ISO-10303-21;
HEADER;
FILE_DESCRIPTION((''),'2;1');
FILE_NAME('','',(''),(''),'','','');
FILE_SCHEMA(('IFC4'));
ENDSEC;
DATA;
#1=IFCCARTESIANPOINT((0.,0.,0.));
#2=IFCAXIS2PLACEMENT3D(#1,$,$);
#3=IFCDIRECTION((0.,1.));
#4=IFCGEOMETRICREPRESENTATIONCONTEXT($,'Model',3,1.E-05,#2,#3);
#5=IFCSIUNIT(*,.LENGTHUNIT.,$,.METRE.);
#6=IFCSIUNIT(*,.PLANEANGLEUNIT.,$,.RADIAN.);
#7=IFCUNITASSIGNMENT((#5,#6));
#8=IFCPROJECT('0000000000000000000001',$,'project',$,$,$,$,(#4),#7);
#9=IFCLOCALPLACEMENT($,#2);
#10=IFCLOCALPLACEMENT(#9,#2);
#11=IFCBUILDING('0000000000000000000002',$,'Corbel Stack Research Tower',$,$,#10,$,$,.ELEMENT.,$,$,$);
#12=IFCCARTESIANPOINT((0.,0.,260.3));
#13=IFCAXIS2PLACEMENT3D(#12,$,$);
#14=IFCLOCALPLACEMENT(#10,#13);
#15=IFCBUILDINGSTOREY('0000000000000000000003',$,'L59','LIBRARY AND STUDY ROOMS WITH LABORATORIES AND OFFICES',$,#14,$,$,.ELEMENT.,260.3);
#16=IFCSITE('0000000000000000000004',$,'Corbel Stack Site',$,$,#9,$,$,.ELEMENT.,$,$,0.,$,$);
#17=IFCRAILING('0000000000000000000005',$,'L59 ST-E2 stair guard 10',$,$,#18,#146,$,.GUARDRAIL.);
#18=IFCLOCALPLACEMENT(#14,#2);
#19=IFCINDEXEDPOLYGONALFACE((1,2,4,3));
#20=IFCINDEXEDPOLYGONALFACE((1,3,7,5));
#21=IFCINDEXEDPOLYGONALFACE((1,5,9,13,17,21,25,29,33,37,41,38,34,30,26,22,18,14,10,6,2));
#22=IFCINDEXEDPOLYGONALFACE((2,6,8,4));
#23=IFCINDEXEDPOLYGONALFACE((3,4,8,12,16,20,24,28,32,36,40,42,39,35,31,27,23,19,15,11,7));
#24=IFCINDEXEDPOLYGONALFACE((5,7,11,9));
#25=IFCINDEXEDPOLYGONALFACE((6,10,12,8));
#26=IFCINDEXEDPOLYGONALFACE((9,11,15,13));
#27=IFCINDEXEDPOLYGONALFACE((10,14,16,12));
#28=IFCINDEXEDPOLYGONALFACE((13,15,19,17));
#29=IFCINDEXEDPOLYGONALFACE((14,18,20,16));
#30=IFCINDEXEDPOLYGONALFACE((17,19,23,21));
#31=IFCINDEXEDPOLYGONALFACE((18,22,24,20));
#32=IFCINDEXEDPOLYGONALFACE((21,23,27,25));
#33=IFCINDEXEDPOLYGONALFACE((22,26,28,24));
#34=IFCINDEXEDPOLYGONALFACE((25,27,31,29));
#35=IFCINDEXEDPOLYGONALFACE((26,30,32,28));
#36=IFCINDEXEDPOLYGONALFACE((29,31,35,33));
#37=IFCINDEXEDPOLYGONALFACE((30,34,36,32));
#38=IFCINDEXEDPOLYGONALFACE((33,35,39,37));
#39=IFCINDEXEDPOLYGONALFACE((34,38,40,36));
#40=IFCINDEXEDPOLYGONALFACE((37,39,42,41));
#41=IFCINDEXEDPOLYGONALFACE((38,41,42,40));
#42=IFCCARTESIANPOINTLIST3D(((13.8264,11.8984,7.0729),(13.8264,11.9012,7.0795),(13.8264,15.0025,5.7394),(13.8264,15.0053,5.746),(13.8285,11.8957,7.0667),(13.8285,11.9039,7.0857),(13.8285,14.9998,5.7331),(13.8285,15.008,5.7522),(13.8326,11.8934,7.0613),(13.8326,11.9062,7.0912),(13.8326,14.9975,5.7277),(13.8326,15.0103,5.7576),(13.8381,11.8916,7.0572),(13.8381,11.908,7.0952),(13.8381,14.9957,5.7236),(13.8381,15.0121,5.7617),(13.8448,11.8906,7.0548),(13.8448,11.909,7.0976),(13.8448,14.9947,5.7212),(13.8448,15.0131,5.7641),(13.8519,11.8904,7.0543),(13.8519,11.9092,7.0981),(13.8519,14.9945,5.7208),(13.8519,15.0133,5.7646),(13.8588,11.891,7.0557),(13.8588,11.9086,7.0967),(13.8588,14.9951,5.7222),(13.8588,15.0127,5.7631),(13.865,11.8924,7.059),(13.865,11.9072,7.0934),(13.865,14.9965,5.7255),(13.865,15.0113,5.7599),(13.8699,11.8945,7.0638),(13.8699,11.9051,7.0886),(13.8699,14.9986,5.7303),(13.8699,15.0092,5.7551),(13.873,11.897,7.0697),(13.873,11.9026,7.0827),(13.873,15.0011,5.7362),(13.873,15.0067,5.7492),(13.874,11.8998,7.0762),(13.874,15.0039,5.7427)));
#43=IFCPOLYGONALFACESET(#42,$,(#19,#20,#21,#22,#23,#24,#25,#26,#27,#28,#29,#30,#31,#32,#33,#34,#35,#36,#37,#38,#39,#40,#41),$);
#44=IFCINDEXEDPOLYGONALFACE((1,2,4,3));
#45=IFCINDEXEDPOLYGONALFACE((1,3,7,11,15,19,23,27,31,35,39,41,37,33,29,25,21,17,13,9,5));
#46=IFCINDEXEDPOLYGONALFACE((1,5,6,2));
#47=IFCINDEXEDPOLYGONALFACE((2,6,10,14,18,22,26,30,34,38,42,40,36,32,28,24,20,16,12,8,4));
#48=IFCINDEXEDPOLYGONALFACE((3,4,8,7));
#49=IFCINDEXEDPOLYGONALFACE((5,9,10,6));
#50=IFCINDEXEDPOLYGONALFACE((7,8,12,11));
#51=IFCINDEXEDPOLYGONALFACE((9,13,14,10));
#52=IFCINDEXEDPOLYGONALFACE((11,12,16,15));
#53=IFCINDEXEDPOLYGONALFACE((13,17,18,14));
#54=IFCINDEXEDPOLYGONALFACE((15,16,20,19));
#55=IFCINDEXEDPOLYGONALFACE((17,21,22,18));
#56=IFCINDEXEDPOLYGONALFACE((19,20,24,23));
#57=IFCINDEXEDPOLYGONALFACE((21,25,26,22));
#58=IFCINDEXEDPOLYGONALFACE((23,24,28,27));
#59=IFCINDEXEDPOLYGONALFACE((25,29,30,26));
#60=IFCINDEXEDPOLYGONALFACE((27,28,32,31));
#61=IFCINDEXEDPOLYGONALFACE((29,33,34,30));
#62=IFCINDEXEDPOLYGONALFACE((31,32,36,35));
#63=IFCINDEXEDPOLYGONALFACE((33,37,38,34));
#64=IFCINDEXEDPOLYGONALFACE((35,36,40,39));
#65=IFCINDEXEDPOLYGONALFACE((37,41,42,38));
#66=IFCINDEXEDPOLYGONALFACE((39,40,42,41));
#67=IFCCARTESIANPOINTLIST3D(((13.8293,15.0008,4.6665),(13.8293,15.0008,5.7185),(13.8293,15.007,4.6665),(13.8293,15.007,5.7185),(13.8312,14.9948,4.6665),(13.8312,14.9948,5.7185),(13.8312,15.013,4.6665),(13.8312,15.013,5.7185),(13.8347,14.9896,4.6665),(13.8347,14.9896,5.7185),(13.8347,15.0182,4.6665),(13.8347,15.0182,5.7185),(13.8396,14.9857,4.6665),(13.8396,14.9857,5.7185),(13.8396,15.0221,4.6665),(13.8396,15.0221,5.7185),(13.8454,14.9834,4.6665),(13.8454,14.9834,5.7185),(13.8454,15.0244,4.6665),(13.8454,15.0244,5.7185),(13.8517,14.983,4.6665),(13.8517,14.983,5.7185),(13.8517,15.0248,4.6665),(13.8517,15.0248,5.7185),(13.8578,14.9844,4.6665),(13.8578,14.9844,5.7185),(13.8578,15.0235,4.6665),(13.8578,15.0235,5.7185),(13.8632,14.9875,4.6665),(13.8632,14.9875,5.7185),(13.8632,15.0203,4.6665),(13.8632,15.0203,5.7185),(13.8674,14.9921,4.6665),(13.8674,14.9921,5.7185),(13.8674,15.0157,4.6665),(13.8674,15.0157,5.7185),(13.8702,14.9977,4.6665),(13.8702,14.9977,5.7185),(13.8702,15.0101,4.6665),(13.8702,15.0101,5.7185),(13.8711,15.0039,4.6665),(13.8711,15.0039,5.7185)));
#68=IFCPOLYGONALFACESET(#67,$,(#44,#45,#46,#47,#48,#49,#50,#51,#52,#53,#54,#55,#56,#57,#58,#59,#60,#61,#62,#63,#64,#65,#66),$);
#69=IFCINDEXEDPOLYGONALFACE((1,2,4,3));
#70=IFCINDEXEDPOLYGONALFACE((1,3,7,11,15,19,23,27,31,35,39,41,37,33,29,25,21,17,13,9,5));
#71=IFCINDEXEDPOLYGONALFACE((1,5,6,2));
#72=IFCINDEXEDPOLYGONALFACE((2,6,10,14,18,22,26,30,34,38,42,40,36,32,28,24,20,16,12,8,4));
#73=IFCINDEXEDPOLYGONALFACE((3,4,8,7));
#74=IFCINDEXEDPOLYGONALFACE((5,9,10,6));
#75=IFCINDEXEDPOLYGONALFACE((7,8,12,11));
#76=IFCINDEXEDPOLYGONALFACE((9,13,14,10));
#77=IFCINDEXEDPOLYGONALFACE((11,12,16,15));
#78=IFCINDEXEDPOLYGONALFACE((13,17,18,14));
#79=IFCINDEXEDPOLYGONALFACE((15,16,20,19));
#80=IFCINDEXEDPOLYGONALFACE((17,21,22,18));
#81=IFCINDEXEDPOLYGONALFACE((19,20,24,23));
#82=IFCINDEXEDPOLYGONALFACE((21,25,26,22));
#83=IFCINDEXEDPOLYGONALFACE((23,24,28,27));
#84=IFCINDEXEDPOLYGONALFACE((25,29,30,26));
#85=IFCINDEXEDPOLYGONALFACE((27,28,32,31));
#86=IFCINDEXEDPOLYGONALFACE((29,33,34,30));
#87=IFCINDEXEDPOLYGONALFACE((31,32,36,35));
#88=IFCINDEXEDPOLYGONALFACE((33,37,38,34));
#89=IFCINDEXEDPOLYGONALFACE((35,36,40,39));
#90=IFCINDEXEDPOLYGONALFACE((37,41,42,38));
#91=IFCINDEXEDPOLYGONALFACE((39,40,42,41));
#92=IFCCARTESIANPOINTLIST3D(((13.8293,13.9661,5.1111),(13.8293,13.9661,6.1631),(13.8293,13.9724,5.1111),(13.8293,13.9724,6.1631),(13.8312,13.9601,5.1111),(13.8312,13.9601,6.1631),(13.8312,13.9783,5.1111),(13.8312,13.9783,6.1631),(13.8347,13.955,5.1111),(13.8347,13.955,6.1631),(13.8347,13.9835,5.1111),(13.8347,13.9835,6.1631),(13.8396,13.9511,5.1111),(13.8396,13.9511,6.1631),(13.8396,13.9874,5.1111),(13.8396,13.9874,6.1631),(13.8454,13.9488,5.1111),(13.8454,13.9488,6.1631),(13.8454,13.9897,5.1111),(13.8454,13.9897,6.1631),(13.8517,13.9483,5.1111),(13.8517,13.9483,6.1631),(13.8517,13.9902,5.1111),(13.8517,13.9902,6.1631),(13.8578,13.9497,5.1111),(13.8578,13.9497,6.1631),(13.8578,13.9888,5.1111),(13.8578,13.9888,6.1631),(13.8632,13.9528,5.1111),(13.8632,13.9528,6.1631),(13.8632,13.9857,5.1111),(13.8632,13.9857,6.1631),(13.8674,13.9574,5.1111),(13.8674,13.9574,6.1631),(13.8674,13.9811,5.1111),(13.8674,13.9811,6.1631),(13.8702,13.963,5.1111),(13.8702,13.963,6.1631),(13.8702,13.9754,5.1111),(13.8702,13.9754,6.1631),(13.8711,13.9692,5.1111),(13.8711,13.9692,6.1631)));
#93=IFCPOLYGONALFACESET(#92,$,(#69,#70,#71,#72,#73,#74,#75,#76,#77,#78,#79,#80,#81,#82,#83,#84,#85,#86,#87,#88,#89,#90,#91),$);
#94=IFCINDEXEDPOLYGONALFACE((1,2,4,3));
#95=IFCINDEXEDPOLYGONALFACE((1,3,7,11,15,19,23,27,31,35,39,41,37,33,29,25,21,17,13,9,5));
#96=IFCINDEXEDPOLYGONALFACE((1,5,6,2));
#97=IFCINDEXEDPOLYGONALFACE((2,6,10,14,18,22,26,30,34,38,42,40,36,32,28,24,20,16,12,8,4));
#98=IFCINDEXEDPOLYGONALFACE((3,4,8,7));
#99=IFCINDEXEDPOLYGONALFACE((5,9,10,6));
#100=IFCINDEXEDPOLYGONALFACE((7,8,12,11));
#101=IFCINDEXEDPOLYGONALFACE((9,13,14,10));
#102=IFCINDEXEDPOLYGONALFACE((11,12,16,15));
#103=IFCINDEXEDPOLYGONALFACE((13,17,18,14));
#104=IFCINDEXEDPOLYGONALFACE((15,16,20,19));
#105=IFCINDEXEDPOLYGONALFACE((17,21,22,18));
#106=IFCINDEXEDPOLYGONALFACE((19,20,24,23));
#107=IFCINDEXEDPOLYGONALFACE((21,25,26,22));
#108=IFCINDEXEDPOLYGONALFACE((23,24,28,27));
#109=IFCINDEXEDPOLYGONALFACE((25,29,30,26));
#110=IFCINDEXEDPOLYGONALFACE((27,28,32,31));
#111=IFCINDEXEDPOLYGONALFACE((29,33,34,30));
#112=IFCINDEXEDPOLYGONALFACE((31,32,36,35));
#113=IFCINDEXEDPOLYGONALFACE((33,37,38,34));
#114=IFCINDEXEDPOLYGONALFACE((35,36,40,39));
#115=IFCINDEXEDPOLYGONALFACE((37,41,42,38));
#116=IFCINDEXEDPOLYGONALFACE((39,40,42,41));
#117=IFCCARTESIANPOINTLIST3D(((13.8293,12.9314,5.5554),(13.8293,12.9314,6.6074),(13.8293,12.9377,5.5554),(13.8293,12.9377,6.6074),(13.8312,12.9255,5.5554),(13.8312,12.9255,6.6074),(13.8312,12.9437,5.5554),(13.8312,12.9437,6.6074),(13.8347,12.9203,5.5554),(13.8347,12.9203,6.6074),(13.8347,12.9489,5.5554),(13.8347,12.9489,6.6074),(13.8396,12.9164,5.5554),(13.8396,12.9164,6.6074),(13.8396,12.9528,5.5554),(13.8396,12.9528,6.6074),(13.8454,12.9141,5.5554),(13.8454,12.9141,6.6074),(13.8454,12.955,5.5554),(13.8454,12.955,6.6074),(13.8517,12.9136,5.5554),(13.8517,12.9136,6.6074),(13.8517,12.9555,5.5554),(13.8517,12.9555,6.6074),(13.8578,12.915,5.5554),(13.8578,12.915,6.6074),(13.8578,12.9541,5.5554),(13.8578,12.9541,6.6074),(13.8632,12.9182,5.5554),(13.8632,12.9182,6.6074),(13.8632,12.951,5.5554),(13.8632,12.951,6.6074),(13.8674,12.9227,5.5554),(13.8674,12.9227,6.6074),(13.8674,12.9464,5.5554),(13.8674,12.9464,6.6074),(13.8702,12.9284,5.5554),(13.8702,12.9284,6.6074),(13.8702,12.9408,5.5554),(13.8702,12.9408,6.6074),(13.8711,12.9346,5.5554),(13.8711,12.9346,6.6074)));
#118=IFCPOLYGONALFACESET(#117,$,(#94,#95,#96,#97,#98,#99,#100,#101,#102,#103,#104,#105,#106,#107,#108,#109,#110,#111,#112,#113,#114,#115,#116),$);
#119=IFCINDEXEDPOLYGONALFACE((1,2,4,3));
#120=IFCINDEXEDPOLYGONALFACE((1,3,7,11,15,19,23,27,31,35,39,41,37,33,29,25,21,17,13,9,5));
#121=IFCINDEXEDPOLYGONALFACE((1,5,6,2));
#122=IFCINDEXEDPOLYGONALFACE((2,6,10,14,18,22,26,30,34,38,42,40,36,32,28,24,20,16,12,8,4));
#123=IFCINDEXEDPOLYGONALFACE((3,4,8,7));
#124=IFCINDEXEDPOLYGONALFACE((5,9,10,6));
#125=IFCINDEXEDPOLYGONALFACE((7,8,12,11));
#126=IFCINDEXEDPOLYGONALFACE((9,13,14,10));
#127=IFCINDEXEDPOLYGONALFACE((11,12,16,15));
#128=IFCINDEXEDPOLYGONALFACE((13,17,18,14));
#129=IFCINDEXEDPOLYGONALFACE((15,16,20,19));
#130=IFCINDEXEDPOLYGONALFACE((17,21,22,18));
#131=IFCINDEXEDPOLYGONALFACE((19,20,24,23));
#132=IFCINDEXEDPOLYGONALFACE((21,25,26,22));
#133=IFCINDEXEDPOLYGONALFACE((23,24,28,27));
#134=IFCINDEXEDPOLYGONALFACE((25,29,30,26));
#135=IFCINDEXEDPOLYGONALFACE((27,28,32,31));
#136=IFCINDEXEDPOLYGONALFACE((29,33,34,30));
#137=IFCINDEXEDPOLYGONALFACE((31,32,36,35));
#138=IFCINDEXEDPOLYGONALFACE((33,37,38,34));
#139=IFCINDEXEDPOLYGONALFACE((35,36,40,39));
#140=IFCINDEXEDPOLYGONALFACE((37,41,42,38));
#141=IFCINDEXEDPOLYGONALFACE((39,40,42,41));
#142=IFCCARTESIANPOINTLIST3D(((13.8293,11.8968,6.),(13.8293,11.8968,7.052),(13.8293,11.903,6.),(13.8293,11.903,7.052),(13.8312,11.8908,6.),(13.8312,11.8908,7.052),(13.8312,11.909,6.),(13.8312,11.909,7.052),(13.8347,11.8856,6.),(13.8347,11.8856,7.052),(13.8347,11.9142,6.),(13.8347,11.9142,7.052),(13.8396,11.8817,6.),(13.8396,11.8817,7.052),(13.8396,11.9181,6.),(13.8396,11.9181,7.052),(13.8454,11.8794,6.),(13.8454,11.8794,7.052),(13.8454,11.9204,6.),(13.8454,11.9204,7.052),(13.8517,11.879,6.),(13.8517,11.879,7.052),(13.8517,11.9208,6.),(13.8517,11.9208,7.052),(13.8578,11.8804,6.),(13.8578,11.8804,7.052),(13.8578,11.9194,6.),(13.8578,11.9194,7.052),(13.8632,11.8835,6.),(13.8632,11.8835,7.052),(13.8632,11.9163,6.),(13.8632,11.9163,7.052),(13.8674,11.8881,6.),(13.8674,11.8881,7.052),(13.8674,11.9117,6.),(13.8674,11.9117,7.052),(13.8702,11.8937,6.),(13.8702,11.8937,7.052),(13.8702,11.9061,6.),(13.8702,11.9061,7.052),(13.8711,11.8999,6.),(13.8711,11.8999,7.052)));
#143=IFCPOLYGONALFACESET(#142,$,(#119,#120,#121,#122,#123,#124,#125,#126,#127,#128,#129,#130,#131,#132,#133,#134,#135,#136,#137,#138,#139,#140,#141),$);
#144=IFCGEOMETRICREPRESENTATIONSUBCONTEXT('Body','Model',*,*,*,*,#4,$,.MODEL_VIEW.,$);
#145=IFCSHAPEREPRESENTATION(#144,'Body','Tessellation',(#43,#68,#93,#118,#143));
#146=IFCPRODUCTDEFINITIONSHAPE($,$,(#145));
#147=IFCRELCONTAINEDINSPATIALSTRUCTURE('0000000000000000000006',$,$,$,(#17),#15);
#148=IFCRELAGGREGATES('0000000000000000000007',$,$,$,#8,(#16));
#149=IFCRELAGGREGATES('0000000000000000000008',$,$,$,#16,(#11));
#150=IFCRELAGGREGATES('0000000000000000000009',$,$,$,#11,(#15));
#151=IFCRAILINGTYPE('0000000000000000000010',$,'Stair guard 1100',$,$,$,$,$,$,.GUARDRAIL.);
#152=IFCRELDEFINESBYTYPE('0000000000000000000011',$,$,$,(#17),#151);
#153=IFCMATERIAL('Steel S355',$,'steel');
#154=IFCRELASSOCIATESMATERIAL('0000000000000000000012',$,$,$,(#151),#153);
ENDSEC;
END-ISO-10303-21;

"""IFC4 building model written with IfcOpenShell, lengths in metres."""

from ifc_helpers import new_model, si_unit, direction, frame, origin, origin_2d, place, context, subcontext, project, spatial, circle, extrude, material, type_object, element, save


model = new_model("IFC4")

# Units and contexts
model_context = context("Model", 3, precision=1e-05, world=origin(), true_north=direction((0.0, 1.0)))
body_context = subcontext(model_context, "Body", "Model", "MODEL_VIEW")
ifc_project = project(units=[si_unit("LENGTHUNIT", "METRE"), si_unit("PLANEANGLEUNIT", "RADIAN")], contexts=[model_context])

# Site, building, storey
site_placement = place(None, origin())
site = spatial("IfcSite", under=ifc_project, at=site_placement, Name="Corbel Stack Site", CompositionType="ELEMENT", RefElevation=0.0)
building_placement = place(site_placement, origin())
building = spatial("IfcBuilding", under=site, at=building_placement, Name="Corbel Stack Research Tower", CompositionType="ELEMENT")
storey_placement = place(building_placement, frame((0.0, 0.0, 260.3)))
storey = spatial("IfcBuildingStorey", under=building, at=storey_placement, Name="L59", Description="LIBRARY AND STUDY ROOMS WITH LABORATORIES AND OFFICES", CompositionType="ELEMENT", Elevation=260.3)

# Railing
ifc_material_1 = material(Name="Steel S355", Category="steel")
railing_type_1 = type_object("IfcRailingType", Name="Stair guard 1100", PredefinedType="GUARDRAIL", material=ifc_material_1)
railing_1_placement = place(storey_placement, frame((13.8501, 15.0039, 4.6665)))
element("IfcRailing", 1, at=railing_1_placement, inside=storey, type_object=railing_type_1, Name="L59 ST-E2 stair guard 10", PredefinedType="GUARDRAIL", context=body_context, shape_type="SweptSolid", body=[
    extrude(circle(Radius=0.0239, at=origin_2d()), frame((0.0, 0.0, 1.0762), z_axis=(0.0, -0.918801, 0.394722), x_axis=(1.0, 0.0, 0.0)), (0.0, 0.0, 1.0), 3.3784),
    extrude(circle(Radius=0.021, at=origin_2d()), origin(), (0.0, 0.0, 1.0), 1.052),
    extrude(circle(Radius=0.021, at=origin_2d()), frame((0.0, -1.0347, 0.4446)), (0.0, 0.0, 1.0), 1.052),
    extrude(circle(Radius=0.021, at=origin_2d()), frame((0.0, -2.0693, 0.8889)), (0.0, 0.0, 1.0), 1.052),
    extrude(circle(Radius=0.021, at=origin_2d()), frame((0.0, -3.104, 1.3335)), (0.0, 0.0, 1.0), 1.052),
])

save(model, "model.ifc")
